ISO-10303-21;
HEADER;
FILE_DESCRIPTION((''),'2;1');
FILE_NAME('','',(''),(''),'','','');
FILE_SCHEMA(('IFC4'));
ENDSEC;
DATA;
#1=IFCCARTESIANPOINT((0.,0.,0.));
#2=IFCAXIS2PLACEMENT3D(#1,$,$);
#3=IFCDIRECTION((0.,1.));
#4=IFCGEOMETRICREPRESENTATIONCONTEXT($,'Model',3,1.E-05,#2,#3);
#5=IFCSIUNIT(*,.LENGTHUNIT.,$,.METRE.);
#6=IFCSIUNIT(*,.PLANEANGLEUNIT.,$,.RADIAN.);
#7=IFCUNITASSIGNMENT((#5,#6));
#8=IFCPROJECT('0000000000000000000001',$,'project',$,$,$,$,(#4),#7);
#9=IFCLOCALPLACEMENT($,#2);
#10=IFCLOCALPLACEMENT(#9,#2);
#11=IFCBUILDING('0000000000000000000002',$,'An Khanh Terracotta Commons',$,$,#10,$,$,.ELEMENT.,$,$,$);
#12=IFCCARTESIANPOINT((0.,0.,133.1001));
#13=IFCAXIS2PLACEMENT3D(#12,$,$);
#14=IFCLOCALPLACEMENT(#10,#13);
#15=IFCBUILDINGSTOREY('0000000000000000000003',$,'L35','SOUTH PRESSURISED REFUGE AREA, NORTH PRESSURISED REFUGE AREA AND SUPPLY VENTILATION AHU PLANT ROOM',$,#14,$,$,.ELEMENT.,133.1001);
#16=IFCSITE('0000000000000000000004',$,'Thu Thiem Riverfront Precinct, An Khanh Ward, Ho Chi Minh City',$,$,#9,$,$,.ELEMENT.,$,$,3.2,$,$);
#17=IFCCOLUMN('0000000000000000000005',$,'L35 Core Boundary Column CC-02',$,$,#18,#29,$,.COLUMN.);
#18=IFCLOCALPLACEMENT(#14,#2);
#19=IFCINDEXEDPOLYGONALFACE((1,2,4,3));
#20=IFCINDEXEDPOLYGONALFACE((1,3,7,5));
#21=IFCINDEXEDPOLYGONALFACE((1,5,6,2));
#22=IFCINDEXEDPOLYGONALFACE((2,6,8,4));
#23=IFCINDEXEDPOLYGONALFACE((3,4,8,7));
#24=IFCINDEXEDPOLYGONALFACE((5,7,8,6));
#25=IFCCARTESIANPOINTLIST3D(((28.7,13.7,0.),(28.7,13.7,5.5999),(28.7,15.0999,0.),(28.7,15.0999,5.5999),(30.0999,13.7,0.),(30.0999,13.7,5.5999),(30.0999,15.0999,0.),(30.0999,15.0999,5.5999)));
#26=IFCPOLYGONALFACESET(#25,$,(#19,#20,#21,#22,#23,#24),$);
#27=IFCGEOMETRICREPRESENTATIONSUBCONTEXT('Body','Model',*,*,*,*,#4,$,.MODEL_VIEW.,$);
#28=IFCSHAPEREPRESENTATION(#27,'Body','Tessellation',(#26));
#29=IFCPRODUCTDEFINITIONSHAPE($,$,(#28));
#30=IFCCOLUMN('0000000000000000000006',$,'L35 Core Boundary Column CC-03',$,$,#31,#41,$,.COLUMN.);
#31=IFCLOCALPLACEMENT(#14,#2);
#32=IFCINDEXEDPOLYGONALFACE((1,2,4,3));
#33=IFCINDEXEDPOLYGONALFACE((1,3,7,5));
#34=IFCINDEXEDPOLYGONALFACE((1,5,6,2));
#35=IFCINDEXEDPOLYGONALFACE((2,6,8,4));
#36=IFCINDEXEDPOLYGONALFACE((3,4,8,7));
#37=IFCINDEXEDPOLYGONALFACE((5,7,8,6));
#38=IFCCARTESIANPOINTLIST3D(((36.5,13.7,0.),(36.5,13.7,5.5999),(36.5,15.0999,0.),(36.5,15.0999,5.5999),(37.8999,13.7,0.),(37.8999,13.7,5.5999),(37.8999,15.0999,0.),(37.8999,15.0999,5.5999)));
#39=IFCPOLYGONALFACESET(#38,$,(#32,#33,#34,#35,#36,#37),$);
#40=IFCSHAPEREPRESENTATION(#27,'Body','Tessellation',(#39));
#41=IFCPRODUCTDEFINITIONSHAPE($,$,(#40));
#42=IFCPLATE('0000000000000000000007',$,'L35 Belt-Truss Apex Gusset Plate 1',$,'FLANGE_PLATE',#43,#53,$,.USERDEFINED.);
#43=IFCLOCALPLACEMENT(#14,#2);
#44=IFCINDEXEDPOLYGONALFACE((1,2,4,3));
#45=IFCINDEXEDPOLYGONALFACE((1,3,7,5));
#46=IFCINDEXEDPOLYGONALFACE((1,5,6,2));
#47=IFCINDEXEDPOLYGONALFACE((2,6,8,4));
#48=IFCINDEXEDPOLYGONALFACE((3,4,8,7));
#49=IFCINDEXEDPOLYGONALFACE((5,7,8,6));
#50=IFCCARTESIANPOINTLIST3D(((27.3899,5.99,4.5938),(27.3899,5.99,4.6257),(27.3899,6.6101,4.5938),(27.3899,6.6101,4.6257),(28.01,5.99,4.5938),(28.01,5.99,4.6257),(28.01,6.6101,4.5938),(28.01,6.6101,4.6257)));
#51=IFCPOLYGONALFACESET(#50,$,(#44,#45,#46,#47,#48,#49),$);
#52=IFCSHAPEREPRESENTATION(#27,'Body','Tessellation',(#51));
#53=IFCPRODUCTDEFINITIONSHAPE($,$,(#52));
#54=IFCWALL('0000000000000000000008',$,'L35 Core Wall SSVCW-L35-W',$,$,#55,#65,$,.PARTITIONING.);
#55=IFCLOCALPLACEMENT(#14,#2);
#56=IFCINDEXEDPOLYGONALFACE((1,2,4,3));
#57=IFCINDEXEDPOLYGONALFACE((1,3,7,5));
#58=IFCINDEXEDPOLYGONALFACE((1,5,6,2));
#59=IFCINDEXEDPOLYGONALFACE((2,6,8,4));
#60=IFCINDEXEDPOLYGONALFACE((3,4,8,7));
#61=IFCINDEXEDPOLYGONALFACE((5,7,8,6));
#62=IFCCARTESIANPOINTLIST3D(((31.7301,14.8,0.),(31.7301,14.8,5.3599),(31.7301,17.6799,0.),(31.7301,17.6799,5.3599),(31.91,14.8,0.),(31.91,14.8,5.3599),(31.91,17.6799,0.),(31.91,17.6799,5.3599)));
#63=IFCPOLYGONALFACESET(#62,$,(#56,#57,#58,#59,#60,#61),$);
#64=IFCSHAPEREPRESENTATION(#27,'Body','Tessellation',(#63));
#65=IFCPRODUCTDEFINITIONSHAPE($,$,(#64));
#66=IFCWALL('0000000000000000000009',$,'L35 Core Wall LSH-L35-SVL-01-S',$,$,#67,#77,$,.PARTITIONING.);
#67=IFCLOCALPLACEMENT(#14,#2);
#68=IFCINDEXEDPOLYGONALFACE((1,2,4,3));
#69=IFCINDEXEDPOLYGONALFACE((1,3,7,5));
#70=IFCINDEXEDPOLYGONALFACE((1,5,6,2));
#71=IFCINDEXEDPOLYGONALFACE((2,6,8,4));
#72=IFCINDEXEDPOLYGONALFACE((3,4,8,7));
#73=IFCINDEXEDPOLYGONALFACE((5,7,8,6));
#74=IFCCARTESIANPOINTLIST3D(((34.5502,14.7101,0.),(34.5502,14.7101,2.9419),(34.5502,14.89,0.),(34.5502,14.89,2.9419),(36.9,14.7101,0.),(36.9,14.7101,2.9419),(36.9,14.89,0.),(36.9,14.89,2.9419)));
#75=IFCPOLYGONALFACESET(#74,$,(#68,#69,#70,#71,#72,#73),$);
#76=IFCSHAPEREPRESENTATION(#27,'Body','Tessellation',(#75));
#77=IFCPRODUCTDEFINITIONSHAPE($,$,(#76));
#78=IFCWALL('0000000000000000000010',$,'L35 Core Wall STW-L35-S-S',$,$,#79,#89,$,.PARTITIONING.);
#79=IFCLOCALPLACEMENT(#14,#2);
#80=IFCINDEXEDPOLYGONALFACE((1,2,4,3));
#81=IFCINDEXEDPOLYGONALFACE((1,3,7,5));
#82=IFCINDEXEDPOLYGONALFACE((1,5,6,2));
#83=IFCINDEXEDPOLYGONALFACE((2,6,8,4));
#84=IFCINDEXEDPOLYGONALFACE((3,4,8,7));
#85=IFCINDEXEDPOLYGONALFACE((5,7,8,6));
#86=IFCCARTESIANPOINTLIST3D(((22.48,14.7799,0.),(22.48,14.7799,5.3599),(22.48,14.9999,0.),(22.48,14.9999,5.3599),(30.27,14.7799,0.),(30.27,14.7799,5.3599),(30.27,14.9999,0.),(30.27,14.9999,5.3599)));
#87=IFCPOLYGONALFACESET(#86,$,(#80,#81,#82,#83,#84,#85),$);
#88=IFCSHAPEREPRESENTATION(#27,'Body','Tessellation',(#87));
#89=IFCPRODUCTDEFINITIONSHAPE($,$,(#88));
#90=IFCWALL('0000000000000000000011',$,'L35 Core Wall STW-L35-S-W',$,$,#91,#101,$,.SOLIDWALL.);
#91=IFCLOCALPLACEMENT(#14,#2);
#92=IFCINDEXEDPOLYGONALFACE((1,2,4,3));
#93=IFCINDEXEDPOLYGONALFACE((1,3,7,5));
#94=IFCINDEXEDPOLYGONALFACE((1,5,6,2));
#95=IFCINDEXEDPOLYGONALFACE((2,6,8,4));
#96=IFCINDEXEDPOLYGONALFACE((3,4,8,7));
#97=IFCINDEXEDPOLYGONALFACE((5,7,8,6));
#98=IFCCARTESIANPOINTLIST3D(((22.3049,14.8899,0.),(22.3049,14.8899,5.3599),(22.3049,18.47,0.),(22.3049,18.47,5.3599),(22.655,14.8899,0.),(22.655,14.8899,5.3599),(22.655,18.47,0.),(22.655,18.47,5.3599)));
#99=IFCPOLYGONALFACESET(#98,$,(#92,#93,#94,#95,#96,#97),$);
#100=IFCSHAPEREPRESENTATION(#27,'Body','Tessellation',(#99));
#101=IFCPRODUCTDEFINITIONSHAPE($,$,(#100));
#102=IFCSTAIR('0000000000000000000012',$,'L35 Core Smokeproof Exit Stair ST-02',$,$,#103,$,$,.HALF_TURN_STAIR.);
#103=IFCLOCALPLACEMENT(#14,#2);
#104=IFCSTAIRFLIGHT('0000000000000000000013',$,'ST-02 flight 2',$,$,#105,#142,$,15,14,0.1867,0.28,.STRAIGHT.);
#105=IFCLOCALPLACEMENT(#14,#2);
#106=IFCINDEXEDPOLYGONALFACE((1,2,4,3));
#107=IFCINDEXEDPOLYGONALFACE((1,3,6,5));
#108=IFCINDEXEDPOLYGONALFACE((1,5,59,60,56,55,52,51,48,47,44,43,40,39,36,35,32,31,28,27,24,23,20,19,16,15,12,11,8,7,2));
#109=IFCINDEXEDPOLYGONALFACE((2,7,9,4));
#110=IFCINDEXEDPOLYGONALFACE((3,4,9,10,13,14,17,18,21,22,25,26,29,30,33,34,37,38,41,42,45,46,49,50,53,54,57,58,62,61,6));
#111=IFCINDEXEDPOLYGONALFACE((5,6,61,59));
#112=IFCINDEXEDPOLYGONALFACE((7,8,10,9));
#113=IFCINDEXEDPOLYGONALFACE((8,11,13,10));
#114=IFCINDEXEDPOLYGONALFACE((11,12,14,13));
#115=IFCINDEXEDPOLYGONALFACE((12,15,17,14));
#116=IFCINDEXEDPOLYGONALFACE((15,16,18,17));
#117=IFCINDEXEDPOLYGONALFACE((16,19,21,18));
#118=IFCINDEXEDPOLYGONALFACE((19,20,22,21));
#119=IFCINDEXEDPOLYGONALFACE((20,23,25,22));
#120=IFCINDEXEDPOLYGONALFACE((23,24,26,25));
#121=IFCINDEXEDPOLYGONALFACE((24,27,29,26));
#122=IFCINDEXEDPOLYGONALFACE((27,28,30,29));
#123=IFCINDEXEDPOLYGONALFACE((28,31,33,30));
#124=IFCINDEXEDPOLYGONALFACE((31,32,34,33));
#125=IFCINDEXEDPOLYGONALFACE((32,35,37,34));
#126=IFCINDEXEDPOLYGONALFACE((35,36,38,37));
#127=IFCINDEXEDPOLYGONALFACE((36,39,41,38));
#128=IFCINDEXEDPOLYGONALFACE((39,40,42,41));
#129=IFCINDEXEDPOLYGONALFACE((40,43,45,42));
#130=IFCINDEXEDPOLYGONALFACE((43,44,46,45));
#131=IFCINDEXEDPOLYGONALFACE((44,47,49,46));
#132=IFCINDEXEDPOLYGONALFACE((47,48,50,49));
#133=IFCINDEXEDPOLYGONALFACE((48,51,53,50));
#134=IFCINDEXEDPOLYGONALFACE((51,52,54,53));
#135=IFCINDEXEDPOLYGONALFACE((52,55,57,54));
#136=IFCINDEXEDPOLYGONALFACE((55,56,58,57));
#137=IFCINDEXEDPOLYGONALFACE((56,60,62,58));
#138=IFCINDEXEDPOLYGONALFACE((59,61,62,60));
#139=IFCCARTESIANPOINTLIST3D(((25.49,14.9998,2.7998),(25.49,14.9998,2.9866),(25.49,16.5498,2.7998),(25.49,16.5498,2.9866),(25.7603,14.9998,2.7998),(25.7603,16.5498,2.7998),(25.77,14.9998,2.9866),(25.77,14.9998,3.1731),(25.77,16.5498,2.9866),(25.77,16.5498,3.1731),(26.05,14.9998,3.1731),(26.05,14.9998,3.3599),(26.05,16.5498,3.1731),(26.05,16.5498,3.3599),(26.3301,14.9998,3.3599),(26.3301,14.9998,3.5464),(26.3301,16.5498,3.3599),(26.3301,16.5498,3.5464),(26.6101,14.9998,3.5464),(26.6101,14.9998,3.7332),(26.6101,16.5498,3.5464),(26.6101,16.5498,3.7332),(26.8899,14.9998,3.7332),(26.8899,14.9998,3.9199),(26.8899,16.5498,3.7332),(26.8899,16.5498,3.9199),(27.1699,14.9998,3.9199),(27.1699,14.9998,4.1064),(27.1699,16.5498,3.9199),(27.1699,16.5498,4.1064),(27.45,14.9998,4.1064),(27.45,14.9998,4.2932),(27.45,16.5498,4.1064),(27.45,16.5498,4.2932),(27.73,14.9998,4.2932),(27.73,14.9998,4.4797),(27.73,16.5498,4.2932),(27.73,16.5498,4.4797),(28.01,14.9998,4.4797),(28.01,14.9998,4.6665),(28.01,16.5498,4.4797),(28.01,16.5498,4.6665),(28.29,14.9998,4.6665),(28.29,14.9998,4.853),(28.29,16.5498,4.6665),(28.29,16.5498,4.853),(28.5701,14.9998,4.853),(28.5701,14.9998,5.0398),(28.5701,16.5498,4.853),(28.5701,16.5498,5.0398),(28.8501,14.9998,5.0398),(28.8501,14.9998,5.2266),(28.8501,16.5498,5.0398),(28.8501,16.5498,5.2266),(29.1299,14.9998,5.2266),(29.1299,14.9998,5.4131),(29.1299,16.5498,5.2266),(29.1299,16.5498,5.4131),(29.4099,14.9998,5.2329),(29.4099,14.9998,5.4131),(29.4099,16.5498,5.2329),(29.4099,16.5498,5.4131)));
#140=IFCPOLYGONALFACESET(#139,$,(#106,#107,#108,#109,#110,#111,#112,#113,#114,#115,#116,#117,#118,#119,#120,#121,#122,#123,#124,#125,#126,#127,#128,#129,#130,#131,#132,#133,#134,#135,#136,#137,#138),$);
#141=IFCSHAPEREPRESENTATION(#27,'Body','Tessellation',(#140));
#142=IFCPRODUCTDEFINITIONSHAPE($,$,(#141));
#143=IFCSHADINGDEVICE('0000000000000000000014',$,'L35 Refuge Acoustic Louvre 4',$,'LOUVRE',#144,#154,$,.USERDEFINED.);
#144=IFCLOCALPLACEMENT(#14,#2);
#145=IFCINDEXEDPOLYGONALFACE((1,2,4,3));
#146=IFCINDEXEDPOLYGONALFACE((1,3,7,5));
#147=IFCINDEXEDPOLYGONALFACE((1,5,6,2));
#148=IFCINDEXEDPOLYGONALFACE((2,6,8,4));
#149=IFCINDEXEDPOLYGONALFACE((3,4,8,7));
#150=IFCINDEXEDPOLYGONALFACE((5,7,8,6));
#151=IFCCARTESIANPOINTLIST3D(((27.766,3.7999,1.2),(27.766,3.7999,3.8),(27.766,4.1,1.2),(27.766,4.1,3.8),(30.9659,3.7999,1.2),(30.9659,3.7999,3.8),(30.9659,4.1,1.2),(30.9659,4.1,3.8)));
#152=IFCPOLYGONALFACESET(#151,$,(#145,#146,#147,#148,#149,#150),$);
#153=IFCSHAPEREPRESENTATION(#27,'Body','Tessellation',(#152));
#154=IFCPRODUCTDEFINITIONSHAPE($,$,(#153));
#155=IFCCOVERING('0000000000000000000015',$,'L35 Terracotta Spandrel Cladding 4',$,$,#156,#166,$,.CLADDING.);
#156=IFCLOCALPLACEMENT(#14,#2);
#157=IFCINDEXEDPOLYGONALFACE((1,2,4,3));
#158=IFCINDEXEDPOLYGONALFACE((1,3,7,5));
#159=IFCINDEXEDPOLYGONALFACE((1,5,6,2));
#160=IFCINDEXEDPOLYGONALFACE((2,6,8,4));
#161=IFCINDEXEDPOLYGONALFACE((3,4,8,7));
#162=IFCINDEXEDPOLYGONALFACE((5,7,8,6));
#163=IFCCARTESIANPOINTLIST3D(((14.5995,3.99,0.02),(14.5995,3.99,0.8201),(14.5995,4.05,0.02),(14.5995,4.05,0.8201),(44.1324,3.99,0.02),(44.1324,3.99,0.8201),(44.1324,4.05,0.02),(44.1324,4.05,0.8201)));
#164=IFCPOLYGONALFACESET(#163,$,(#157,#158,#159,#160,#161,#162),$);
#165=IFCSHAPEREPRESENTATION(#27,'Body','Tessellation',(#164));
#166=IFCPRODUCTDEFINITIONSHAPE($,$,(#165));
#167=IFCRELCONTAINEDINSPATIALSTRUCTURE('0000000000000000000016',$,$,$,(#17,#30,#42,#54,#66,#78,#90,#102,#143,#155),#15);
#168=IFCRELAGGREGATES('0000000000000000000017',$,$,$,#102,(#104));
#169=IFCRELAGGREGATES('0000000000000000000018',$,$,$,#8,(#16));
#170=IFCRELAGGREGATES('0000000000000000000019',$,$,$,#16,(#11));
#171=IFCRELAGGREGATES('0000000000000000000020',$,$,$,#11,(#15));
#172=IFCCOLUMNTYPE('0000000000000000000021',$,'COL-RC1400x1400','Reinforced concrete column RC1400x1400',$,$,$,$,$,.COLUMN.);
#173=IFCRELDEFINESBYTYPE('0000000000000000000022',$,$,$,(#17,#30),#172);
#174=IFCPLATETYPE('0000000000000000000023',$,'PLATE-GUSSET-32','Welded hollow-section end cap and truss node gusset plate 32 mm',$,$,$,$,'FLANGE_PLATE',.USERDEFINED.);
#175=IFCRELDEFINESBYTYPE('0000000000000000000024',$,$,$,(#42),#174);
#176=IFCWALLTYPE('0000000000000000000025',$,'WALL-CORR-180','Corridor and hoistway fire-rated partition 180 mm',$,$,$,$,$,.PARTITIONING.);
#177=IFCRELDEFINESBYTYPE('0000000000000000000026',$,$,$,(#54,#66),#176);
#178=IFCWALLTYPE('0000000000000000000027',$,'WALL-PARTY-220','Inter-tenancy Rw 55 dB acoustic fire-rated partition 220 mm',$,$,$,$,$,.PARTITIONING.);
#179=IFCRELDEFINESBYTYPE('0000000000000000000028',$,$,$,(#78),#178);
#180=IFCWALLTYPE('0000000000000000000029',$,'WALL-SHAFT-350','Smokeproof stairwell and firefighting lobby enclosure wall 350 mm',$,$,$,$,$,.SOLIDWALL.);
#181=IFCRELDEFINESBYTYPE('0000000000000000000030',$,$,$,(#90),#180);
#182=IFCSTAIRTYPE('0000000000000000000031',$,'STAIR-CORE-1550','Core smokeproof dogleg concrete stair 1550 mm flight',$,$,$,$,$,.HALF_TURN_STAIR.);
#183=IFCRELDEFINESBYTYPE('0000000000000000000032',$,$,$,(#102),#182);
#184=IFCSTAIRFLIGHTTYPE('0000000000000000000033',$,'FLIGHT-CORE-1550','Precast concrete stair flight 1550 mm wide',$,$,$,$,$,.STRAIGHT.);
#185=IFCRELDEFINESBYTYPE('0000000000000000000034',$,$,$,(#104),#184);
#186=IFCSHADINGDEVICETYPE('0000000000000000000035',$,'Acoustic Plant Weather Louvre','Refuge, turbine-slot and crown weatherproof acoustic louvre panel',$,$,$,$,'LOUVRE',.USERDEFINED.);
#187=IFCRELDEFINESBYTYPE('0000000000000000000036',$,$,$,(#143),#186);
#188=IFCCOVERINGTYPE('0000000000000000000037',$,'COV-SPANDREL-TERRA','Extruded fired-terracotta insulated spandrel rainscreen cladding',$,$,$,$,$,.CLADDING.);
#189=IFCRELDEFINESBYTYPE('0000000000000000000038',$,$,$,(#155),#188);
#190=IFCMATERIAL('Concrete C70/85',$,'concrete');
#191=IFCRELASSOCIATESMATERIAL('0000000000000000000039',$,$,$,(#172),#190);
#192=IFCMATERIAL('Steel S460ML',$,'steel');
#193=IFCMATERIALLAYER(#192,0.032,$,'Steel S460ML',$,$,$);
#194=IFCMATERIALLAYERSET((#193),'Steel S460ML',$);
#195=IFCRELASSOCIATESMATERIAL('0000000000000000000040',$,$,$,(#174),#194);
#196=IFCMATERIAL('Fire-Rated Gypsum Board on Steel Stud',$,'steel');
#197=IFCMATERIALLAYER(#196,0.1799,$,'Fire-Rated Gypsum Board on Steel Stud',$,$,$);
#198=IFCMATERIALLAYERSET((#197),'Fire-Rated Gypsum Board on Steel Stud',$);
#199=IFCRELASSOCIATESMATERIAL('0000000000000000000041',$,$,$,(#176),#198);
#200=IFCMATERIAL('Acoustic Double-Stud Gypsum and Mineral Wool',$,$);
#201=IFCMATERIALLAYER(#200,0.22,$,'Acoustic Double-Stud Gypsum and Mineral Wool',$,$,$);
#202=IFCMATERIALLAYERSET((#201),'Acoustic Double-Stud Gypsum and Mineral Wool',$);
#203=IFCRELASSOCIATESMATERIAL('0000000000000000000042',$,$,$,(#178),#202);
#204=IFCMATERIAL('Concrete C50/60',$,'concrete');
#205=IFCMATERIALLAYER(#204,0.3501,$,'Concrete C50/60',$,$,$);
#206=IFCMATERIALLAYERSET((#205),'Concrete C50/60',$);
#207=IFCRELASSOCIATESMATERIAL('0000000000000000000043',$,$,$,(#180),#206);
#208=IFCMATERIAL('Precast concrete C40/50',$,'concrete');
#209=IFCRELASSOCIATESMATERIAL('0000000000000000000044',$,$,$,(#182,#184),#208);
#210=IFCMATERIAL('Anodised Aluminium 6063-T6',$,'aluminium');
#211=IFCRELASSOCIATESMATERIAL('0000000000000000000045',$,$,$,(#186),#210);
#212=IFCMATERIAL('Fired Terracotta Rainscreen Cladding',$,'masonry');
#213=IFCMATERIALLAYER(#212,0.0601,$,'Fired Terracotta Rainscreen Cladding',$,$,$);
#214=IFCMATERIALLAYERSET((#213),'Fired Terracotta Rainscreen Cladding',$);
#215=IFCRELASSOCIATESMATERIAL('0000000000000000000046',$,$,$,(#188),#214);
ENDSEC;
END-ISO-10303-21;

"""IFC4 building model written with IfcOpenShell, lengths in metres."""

from ifc_helpers import new_model, si_unit, direction, frame, frame_2d, origin, origin_2d, place, context, subcontext, project, spatial, polyline, rectangle, outline, extrude, material, layer, layer_set, material_profile, profile_set, type_object, element, aggregate, save


model = new_model("IFC4")

# Units and contexts
model_context = context("Model", 3, precision=1e-05, world=origin(), true_north=direction((0.0, 1.0)))
body_context = subcontext(model_context, "Body", "Model", "MODEL_VIEW")
ifc_project = project(units=[si_unit("LENGTHUNIT", "METRE"), si_unit("PLANEANGLEUNIT", "RADIAN")], contexts=[model_context])

# Site, building, storey
site_placement = place(None, origin())
site = spatial("IfcSite", under=ifc_project, at=site_placement, Name="Thu Thiem Riverfront Precinct, An Khanh Ward, Ho Chi Minh City", CompositionType="ELEMENT", RefElevation=3.2)
building_placement = place(site_placement, origin())
building = spatial("IfcBuilding", under=site, at=building_placement, Name="An Khanh Terracotta Commons", CompositionType="ELEMENT")
storey_placement = place(building_placement, frame((0.0, 0.0, 133.1001)))
storey = spatial("IfcBuildingStorey", under=building, at=storey_placement, Name="L35", Description="SOUTH PRESSURISED REFUGE AREA, NORTH PRESSURISED REFUGE AREA AND SUPPLY VENTILATION AHU PLANT ROOM", CompositionType="ELEMENT", Elevation=133.1001)

# Columns
ifc_material_1 = material(Name="Concrete C70/85", Category="concrete")
ifc_material_profile = material_profile(ifc_material_1, rectangle(XDim=1.3999, YDim=1.3999, at=origin_2d()), Name="RC1400x1400")
ifc_profile_set = profile_set([ifc_material_profile], Name="Concrete C70/85")
column_type = type_object("IfcColumnType", Name="COL-RC1400x1400", Description="Reinforced concrete column RC1400x1400", PredefinedType="COLUMN", material=ifc_profile_set)
for number, where, z_axis, x_axis, name in (
    (1, (29.3999, 14.3999, 0.0), (0.0, 0.0, 1.0), (1.0, 0.0, 0.0), "L35 Core Boundary Column CC-02"),
    (2, (37.2, 14.3999, 0.0), (0.0, 0.0, 1.0), (1.0, 0.0, 0.0), "L35 Core Boundary Column CC-03"),
):
    element("IfcColumn", number, at=place(storey_placement, frame(where, z_axis=z_axis, x_axis=x_axis)), inside=storey, type_object=column_type, Name=name, PredefinedType="COLUMN", context=body_context, shape_type="SweptSolid", body=[
        extrude(rectangle(XDim=1.3999, YDim=1.3999, at=origin_2d()), origin(), (0.0, 0.0, 1.0), 5.5999),
    ])

# Plate
ifc_material_2 = material(Name="Steel S460ML", Category="steel")
ifc_layer_1 = layer(ifc_material_2, 0.032, Name="Steel S460ML")
ifc_layer_set_1 = layer_set([ifc_layer_1], Name="Steel S460ML")
plate_type = type_object("IfcPlateType", Name="PLATE-GUSSET-32", Description="Welded hollow-section end cap and truss node gusset plate 32 mm", ElementType="FLANGE_PLATE", PredefinedType="USERDEFINED", material=ifc_layer_set_1)
plate_placement = place(storey_placement, frame((27.7, 6.3, 4.5938), z_axis=(0.0, 0.0, 1.0), x_axis=(1.0, 0.0, 0.0)))
element("IfcPlate", 3, at=plate_placement, inside=storey, type_object=plate_type, Name="L35 Belt-Truss Apex Gusset Plate 1", ObjectType="FLANGE_PLATE", PredefinedType="USERDEFINED", context=body_context, shape_type="SweptSolid", body=[
    extrude(rectangle(XDim=0.6201, YDim=0.6201, at=origin_2d()), origin(), (0.0, 0.0, 1.0), 0.032),
])

# Walls
ifc_material_3 = material(Name="Fire-Rated Gypsum Board on Steel Stud", Category="steel")
ifc_layer_2 = layer(ifc_material_3, 0.1799, Name="Fire-Rated Gypsum Board on Steel Stud")
ifc_layer_set_2 = layer_set([ifc_layer_2], Name="Fire-Rated Gypsum Board on Steel Stud")
wall_type_1 = type_object("IfcWallType", Name="WALL-CORR-180", Description="Corridor and hoistway fire-rated partition 180 mm", PredefinedType="PARTITIONING", material=ifc_layer_set_2)
wall_1_placement = place(storey_placement, frame((31.8201, 14.8, 0.0), z_axis=(0.0, 0.0, 1.0), x_axis=(0.0, 1.0, 0.0)))
element("IfcWall", 4, at=wall_1_placement, inside=storey, type_object=wall_type_1, Name="L35 Core Wall SSVCW-L35-W", PredefinedType="PARTITIONING", context=body_context, shape_type="SweptSolid", body=[
    extrude(rectangle(XDim=2.8799, YDim=0.1799, at=frame_2d((1.4399, 0.0))), origin(), (0.0, 0.0, 1.0), 5.3599),
])
wall_2_placement = place(storey_placement, frame((36.8999, 14.8, 0.0), z_axis=(0.0, 0.0, 1.0), x_axis=(-1.0, 0.0, 0.0)))
element("IfcWall", 5, at=wall_2_placement, inside=storey, type_object=wall_type_1, Name="L35 Core Wall LSH-L35-SVL-01-S", PredefinedType="PARTITIONING", context=body_context, shape_type="SweptSolid", body=[
    extrude(rectangle(XDim=2.3499, YDim=0.1799, at=frame_2d((1.1748, 0.0))), origin(), (0.0, 0.0, 1.0), 2.9419),
])
ifc_material_4 = material(Name="Acoustic Double-Stud Gypsum and Mineral Wool")
ifc_layer_3 = layer(ifc_material_4, 0.22, Name="Acoustic Double-Stud Gypsum and Mineral Wool")
ifc_layer_set_3 = layer_set([ifc_layer_3], Name="Acoustic Double-Stud Gypsum and Mineral Wool")
wall_type_2 = type_object("IfcWallType", Name="WALL-PARTY-220", Description="Inter-tenancy Rw 55 dB acoustic fire-rated partition 220 mm", PredefinedType="PARTITIONING", material=ifc_layer_set_3)
wall_3_placement = place(storey_placement, frame((22.48, 14.8899, 0.0), z_axis=(0.0, 0.0, 1.0), x_axis=(1.0, 0.0, 0.0)))
element("IfcWall", 6, at=wall_3_placement, inside=storey, type_object=wall_type_2, Name="L35 Core Wall STW-L35-S-S", PredefinedType="PARTITIONING", context=body_context, shape_type="SweptSolid", body=[
    extrude(rectangle(XDim=7.79, YDim=0.22, at=frame_2d((3.895, 0.0))), origin(), (0.0, 0.0, 1.0), 5.3599),
])
ifc_material_5 = material(Name="Concrete C50/60", Category="concrete")
ifc_layer_4 = layer(ifc_material_5, 0.3501, Name="Concrete C50/60")
ifc_layer_set_4 = layer_set([ifc_layer_4], Name="Concrete C50/60")
wall_type_3 = type_object("IfcWallType", Name="WALL-SHAFT-350", Description="Smokeproof stairwell and firefighting lobby enclosure wall 350 mm", PredefinedType="SOLIDWALL", material=ifc_layer_set_4)
wall_4_placement = place(storey_placement, frame((22.48, 14.8899, 0.0), z_axis=(0.0, 0.0, 1.0), x_axis=(0.0, 1.0, 0.0)))
element("IfcWall", 7, at=wall_4_placement, inside=storey, type_object=wall_type_3, Name="L35 Core Wall STW-L35-S-W", PredefinedType="SOLIDWALL", context=body_context, shape_type="SweptSolid", body=[
    extrude(rectangle(XDim=3.5801, YDim=0.3501, at=frame_2d((1.79, 0.0))), origin(), (0.0, 0.0, 1.0), 5.3599),
])

# Stair, stair flight
ifc_material_6 = material(Name="Precast concrete C40/50", Category="concrete")
stair_type = type_object("IfcStairType", Name="STAIR-CORE-1550", Description="Core smokeproof dogleg concrete stair 1550 mm flight", PredefinedType="HALF_TURN_STAIR", material=ifc_material_6)
stair_placement = place(storey_placement, origin())
stair = element("IfcStair", 8, at=stair_placement, inside=storey, type_object=stair_type, Name="L35 Core Smokeproof Exit Stair ST-02", PredefinedType="HALF_TURN_STAIR")
stair_flight_type = type_object("IfcStairFlightType", Name="FLIGHT-CORE-1550", Description="Precast concrete stair flight 1550 mm wide", PredefinedType="STRAIGHT", material=ifc_material_6)
stair_flight_placement = place(storey_placement, frame((25.49, 15.7749, 2.7998), z_axis=(0.0, 0.0, 1.0), x_axis=(1.0, 0.0, 0.0)))
stair_flight = element("IfcStairFlight", 9, at=stair_flight_placement, type_object=stair_flight_type, Name="ST-02 flight 2", NumberOfRisers=15, NumberOfTreads=14, PredefinedType="STRAIGHT", RiserHeight=0.1867, TreadLength=0.28, context=body_context, shape_type="SweptSolid", body=[
    extrude(outline(polyline([(0.0, 0.0), (0.0, 0.1868), (0.28, 0.1868), (0.28, 0.3733), (0.5601, 0.3733), (0.5601, 0.5601), (0.8401, 0.5601), (0.8401, 0.7466), (1.1201, 0.7466), (1.1201, 0.9333), (1.3999, 0.9333), (1.3999, 1.1201), (1.6799, 1.1201), (1.6799, 1.3066), (1.96, 1.3066), (1.96, 1.4934), (2.24, 1.4934), (2.24, 1.6799), (2.52, 1.6799), (2.52, 1.8667), (2.8, 1.8667), (2.8, 2.0532), (3.0801, 2.0532), (3.0801, 2.24), (3.3601, 2.24), (3.3601, 2.4268), (3.6399, 2.4268), (3.6399, 2.6133), (3.9199, 2.6133), (3.9199, 2.8), (3.9199, 2.4331), (0.2703, 0.0), (0.0, 0.0)])), frame((0.0, 0.7749, 0.0), z_axis=(0.0, -1.0, 0.0), x_axis=(1.0, 0.0, 0.0)), (0.0, 0.0, 1.0), 1.55),
])
aggregate(stair, [stair_flight])

# Shading device
ifc_material_7 = material(Name="Anodised Aluminium 6063-T6", Category="aluminium")
shading_device_type = type_object("IfcShadingDeviceType", Name="Acoustic Plant Weather Louvre", Description="Refuge, turbine-slot and crown weatherproof acoustic louvre panel", ElementType="LOUVRE", PredefinedType="USERDEFINED", material=ifc_material_7)
shading_device_placement = place(storey_placement, frame((29.366, 3.95, 1.2), z_axis=(0.0, 0.0, 1.0), x_axis=(1.0, 0.0, 0.0)))
element("IfcShadingDevice", 10, at=shading_device_placement, inside=storey, type_object=shading_device_type, Name="L35 Refuge Acoustic Louvre 4", ObjectType="LOUVRE", PredefinedType="USERDEFINED", context=body_context, shape_type="SweptSolid", body=[
    extrude(rectangle(XDim=3.2, YDim=0.3, at=origin_2d()), origin(), (0.0, 0.0, 1.0), 2.6001),
])

# Covering
ifc_material_8 = material(Name="Fired Terracotta Rainscreen Cladding", Category="masonry")
ifc_layer_5 = layer(ifc_material_8, 0.0601, Name="Fired Terracotta Rainscreen Cladding")
ifc_layer_set_5 = layer_set([ifc_layer_5], Name="Fired Terracotta Rainscreen Cladding")
covering_type = type_object("IfcCoveringType", Name="COV-SPANDREL-TERRA", Description="Extruded fired-terracotta insulated spandrel rainscreen cladding", PredefinedType="CLADDING", material=ifc_layer_set_5)
covering_placement = place(storey_placement, frame((29.366, 4.02, 0.02), z_axis=(0.0, 0.0, 1.0), x_axis=(1.0, 0.0, 0.0)))
element("IfcCovering", 11, at=covering_placement, inside=storey, type_object=covering_type, Name="L35 Terracotta Spandrel Cladding 4", PredefinedType="CLADDING", context=body_context, shape_type="SweptSolid", body=[
    extrude(rectangle(XDim=29.533, YDim=0.0601, at=origin_2d()), origin(), (0.0, 0.0, 1.0), 0.8),
])

save(model, "model.ifc")
